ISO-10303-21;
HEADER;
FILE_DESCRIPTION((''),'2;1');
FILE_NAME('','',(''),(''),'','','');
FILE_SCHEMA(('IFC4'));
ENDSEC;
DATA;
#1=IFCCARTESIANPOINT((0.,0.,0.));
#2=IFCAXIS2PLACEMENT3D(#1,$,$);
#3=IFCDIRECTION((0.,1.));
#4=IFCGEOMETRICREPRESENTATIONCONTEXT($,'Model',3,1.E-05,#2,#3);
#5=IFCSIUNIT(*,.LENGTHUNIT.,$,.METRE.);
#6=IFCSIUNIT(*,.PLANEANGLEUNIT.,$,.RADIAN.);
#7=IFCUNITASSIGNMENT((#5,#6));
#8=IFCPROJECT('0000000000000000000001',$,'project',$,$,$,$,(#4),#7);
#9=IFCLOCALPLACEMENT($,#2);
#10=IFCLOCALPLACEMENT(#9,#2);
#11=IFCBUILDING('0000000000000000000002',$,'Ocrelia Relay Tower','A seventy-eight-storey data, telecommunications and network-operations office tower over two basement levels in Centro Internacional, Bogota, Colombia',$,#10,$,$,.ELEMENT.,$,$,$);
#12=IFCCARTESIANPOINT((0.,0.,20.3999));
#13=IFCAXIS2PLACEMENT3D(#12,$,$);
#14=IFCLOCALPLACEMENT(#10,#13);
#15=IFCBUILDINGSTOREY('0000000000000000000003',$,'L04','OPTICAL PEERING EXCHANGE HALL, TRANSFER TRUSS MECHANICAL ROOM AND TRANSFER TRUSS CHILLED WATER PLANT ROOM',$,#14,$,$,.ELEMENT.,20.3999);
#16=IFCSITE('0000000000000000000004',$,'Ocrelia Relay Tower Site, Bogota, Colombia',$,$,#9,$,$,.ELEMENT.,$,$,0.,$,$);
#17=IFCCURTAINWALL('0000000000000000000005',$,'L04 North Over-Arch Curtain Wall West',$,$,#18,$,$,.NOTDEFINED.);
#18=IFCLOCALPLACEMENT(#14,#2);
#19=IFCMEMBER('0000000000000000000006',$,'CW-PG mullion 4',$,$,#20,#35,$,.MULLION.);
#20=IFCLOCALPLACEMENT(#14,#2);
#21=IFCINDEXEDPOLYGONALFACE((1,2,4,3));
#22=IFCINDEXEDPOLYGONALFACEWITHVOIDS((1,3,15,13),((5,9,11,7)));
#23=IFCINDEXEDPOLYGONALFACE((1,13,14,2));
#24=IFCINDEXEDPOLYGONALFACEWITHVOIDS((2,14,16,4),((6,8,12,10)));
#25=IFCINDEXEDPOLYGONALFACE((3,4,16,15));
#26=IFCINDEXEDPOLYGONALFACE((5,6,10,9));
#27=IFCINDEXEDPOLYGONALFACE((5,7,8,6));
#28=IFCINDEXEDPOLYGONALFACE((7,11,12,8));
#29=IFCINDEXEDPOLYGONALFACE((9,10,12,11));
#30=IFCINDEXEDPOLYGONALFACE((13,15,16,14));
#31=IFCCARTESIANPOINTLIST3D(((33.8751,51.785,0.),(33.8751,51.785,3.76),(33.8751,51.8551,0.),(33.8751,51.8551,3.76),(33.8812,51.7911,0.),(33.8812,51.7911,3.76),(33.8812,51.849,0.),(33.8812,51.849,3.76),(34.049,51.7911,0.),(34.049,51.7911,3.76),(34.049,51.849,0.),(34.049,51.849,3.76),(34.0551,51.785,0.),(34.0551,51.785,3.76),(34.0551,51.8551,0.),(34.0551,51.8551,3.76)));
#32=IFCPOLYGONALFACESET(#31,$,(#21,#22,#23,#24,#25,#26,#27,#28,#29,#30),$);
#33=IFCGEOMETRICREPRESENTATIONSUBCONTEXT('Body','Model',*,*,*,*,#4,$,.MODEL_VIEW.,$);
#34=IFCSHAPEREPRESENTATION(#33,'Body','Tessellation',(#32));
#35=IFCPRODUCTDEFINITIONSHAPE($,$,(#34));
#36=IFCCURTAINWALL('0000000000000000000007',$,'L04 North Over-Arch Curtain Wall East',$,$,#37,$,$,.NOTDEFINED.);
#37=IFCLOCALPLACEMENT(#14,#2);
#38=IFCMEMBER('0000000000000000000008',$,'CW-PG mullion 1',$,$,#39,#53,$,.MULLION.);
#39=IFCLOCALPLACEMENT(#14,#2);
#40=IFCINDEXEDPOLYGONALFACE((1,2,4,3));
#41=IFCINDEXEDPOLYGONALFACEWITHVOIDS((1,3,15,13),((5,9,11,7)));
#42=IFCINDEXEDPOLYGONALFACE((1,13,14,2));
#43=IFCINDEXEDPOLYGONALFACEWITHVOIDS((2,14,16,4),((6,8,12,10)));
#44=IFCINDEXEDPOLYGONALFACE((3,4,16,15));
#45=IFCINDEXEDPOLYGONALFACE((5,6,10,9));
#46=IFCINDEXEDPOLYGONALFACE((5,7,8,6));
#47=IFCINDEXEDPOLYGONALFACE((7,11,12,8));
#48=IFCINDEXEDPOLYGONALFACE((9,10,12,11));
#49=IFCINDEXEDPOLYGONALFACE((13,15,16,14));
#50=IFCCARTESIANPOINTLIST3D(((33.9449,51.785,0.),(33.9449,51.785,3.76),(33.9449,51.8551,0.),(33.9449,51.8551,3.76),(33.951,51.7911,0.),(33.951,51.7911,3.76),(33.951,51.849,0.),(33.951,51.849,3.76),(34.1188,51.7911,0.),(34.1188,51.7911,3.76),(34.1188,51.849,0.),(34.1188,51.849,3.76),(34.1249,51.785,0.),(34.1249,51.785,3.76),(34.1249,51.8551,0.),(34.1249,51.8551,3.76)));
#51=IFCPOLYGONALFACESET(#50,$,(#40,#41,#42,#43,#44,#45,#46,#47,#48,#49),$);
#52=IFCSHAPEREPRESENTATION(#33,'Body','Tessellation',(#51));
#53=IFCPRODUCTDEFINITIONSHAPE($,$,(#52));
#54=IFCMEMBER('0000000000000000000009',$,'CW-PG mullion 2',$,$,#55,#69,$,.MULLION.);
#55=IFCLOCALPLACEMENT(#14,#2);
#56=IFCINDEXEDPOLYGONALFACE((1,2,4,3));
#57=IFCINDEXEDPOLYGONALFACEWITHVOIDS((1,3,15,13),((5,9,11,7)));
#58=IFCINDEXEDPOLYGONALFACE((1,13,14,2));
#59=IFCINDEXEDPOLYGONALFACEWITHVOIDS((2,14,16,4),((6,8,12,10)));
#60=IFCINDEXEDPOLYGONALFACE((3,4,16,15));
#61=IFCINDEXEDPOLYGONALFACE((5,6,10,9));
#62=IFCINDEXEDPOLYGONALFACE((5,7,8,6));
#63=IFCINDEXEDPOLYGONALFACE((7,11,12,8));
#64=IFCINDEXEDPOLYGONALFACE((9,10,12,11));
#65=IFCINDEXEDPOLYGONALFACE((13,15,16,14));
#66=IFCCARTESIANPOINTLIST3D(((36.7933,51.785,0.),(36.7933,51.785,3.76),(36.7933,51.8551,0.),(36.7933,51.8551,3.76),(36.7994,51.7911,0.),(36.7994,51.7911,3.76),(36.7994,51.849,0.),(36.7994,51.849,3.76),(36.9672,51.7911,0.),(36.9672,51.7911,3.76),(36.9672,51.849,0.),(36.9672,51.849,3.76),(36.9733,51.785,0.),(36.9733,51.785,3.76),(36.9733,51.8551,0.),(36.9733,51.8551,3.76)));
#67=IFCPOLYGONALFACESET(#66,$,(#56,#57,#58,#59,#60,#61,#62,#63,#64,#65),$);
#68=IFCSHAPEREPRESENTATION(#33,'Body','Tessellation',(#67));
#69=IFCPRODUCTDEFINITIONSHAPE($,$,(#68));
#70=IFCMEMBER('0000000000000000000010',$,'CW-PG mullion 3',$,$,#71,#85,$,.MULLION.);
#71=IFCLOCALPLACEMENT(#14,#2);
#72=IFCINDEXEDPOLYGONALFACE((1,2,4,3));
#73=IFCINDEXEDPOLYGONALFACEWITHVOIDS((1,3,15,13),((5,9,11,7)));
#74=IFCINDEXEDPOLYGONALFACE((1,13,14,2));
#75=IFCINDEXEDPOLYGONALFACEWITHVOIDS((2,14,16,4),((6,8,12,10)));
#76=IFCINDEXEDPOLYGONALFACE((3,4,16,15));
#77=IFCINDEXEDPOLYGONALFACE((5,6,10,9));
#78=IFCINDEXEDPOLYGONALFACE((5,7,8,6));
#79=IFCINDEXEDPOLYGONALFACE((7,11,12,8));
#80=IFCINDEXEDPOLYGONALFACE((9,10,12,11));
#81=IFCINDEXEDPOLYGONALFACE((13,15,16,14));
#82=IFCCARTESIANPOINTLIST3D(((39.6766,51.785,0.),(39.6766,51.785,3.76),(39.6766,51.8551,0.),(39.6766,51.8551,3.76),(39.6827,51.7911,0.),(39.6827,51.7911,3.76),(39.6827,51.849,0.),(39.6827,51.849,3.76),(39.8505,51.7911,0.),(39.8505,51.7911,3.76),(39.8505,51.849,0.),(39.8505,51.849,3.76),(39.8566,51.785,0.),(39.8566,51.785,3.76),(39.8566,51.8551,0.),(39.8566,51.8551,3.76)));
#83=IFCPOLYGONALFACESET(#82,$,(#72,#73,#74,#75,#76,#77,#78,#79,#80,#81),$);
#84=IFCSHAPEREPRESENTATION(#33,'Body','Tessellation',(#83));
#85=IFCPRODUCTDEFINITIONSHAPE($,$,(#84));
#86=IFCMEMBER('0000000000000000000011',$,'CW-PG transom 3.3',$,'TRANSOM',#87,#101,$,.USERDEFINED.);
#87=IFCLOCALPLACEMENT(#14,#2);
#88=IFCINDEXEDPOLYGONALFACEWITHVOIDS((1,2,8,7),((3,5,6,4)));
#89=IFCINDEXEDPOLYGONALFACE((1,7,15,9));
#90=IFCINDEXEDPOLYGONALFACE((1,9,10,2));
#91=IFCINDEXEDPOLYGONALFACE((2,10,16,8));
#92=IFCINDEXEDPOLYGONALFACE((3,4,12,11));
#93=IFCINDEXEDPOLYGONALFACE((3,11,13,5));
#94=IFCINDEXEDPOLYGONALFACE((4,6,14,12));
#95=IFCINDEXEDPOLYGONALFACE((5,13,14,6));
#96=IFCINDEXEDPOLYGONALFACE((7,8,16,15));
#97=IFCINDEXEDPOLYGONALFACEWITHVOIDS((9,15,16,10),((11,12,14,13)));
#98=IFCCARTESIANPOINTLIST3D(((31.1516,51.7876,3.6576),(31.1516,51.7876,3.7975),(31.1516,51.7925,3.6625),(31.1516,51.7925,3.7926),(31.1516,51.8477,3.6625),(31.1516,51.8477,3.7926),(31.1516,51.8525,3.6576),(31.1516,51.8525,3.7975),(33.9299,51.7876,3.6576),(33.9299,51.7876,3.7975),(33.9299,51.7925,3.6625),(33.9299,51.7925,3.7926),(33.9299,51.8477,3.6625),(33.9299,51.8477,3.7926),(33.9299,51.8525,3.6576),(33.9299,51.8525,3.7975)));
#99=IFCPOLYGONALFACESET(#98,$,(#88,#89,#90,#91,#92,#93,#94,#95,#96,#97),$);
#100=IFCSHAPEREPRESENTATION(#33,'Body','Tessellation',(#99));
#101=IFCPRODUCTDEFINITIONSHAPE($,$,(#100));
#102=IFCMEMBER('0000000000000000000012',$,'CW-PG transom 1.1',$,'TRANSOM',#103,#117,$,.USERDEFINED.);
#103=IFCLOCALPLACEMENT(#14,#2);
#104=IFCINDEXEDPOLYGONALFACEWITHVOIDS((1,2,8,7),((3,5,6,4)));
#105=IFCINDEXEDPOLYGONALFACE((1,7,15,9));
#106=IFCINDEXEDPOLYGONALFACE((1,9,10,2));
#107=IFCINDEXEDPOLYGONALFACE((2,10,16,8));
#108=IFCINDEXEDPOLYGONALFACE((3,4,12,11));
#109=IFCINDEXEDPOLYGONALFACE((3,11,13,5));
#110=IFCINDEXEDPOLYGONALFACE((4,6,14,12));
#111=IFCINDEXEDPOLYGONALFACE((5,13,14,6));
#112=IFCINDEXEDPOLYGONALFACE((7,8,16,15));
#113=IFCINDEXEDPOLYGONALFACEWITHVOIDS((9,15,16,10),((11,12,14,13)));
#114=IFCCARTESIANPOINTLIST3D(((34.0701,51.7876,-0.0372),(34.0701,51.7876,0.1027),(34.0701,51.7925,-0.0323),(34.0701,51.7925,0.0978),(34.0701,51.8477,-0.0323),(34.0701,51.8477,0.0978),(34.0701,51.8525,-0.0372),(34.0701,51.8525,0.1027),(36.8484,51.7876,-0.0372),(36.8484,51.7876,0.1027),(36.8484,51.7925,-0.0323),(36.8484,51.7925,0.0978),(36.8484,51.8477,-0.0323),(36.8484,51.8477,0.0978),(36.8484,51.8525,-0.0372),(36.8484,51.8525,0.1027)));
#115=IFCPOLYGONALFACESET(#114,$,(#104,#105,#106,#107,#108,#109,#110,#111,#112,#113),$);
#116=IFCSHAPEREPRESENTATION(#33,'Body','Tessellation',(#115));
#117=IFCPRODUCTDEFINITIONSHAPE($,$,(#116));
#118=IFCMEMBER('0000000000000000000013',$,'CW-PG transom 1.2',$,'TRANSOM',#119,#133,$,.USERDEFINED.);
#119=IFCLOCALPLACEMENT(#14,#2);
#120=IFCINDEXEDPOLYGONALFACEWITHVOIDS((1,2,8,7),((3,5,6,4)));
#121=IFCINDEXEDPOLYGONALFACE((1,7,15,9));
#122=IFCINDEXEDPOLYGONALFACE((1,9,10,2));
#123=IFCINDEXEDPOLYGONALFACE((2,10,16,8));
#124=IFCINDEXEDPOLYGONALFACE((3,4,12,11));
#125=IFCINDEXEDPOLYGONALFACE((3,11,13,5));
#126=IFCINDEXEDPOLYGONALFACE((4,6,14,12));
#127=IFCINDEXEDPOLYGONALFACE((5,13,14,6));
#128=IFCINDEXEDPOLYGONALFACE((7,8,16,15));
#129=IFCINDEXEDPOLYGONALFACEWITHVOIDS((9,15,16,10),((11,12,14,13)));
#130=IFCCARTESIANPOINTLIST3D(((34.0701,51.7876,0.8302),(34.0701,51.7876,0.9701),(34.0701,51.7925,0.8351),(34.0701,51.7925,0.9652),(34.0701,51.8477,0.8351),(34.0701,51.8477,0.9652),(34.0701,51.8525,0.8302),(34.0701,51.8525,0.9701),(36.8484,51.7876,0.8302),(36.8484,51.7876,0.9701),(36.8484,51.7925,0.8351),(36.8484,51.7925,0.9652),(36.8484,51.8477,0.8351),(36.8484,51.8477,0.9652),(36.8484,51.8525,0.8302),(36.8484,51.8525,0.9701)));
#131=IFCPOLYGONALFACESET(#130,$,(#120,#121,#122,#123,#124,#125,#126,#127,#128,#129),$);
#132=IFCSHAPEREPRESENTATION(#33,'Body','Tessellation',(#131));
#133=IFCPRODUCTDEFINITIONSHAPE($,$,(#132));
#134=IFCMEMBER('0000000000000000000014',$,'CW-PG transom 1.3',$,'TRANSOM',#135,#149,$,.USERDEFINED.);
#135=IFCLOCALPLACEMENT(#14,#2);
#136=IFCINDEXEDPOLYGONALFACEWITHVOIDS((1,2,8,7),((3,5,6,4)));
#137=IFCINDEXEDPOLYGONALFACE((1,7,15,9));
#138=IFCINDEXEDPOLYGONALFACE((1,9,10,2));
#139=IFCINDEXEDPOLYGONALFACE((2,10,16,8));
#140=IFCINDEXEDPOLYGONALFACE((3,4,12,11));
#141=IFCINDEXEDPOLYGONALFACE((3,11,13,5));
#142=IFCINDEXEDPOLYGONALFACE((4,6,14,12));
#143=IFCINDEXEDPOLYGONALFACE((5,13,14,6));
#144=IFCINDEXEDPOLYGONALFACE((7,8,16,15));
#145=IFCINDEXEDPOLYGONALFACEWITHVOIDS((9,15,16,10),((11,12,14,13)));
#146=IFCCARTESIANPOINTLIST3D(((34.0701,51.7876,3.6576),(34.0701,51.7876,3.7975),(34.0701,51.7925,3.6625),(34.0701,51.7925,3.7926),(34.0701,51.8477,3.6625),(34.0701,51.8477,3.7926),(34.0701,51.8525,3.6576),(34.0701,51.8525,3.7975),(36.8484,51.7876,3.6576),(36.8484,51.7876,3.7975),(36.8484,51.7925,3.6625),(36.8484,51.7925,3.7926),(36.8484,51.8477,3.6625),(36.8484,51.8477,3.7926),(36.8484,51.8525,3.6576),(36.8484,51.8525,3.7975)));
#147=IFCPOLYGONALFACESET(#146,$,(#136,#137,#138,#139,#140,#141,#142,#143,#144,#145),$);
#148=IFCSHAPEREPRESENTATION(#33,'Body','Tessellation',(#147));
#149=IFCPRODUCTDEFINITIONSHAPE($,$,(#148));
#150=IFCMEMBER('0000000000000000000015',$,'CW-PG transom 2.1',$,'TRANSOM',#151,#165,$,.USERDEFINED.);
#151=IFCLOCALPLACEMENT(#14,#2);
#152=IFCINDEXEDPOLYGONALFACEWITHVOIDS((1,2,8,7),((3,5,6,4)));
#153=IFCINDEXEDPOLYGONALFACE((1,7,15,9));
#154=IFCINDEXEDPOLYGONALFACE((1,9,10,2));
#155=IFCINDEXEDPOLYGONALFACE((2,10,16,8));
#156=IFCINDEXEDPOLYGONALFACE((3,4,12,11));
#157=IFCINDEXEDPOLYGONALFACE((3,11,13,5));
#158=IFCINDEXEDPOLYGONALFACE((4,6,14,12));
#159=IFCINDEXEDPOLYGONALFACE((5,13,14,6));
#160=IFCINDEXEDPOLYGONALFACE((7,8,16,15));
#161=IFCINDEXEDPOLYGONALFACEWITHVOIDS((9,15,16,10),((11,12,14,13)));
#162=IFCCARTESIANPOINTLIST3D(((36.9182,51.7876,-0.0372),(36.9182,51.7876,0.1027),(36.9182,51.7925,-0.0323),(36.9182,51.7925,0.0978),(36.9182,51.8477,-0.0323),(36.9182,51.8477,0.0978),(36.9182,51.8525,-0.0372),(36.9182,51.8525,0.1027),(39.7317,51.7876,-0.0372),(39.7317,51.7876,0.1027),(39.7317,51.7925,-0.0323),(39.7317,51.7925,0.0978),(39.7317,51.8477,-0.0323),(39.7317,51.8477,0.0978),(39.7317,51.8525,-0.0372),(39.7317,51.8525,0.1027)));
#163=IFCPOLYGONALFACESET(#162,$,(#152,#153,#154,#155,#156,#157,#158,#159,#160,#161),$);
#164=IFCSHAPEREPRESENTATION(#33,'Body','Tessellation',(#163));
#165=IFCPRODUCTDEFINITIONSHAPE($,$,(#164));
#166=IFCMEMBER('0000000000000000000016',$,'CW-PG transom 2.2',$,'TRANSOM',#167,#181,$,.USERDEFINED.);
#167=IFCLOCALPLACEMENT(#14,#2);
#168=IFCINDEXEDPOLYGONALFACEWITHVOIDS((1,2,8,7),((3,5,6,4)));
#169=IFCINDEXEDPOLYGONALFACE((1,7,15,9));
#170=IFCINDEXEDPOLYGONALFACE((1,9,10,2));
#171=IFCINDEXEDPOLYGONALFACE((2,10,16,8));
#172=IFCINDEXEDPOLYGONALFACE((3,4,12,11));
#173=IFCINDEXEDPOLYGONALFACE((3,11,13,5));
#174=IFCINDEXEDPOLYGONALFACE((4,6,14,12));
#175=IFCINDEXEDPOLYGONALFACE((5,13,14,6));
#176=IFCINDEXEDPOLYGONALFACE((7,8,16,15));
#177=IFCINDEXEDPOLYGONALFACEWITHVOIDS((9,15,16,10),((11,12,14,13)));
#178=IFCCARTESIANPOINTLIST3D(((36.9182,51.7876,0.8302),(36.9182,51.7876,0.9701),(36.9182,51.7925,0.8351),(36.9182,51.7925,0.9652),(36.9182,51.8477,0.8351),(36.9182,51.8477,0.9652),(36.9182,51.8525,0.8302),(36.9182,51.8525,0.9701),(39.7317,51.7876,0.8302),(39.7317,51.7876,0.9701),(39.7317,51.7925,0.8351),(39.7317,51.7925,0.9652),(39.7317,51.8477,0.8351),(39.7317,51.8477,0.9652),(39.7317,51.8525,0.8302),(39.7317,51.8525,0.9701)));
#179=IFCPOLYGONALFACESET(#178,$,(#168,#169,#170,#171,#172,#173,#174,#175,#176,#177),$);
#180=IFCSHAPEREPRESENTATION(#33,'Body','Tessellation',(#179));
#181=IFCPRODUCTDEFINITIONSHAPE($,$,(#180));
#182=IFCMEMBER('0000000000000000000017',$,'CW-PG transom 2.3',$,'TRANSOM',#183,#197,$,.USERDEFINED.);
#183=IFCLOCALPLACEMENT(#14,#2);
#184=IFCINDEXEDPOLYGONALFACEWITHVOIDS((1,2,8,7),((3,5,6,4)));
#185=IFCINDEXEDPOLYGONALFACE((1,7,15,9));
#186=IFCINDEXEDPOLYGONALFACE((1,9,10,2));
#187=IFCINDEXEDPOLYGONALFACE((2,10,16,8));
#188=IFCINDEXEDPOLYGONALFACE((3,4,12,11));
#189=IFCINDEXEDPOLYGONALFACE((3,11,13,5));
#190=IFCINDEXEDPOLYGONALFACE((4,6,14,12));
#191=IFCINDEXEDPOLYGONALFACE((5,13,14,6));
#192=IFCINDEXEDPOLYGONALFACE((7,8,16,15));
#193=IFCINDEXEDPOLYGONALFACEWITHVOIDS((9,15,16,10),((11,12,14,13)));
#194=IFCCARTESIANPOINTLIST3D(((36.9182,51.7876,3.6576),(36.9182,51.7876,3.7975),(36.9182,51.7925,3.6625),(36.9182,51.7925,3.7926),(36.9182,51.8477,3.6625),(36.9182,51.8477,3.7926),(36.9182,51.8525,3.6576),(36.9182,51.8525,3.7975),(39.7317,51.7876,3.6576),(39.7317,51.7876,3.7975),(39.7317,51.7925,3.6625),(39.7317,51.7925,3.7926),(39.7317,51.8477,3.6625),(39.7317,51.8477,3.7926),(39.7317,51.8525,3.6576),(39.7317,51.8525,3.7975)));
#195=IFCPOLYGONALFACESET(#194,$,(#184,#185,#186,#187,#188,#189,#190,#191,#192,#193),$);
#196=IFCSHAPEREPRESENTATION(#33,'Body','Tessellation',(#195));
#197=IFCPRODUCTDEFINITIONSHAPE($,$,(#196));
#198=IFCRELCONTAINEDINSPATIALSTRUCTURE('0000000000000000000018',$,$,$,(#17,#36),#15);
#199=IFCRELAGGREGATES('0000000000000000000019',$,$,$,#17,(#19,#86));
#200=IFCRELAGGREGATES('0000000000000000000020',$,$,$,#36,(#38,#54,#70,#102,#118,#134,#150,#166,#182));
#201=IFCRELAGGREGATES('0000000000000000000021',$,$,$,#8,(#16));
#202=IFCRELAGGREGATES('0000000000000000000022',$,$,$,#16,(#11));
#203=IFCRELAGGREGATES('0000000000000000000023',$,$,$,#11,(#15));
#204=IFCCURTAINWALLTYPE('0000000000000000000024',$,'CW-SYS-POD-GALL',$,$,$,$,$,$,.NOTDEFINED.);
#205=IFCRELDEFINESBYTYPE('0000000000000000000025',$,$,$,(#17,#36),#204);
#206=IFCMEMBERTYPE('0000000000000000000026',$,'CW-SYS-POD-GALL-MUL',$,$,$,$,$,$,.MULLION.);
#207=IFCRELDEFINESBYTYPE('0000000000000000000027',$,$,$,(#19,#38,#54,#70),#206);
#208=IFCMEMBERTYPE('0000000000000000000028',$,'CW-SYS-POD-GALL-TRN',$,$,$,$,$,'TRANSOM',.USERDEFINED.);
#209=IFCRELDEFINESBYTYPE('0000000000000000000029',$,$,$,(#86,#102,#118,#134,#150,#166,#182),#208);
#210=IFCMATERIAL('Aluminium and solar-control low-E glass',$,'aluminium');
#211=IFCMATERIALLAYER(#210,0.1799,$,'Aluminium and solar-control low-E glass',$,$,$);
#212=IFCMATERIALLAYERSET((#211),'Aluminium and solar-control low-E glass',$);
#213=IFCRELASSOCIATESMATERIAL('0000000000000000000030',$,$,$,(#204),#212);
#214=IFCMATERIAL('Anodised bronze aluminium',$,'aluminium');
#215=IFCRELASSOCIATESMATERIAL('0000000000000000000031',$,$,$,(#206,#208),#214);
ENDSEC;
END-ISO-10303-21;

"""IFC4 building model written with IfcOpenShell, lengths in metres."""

from ifc_helpers import new_model, si_unit, direction, frame, origin, origin_2d, place, context, subcontext, project, spatial, hollow_rectangle, extrude, material, layer, layer_set, material_profile, profile_set, type_object, element, aggregate, save


model = new_model("IFC4")

# Units and contexts
model_context = context("Model", 3, precision=1e-05, world=origin(), true_north=direction((0.0, 1.0)))
body_context = subcontext(model_context, "Body", "Model", "MODEL_VIEW")
ifc_project = project(units=[si_unit("LENGTHUNIT", "METRE"), si_unit("PLANEANGLEUNIT", "RADIAN")], contexts=[model_context])

# Site, building, storey
site_placement = place(None, origin())
site = spatial("IfcSite", under=ifc_project, at=site_placement, Name="Ocrelia Relay Tower Site, Bogota, Colombia", CompositionType="ELEMENT", RefElevation=0.0)
building_placement = place(site_placement, origin())
building = spatial("IfcBuilding", under=site, at=building_placement, Name="Ocrelia Relay Tower", Description="A seventy-eight-storey data, telecommunications and network-operations office tower over two basement levels in Centro Internacional, Bogota, Colombia", CompositionType="ELEMENT")
storey_placement = place(building_placement, frame((0.0, 0.0, 20.3999)))
storey = spatial("IfcBuildingStorey", under=building, at=storey_placement, Name="L04", Description="OPTICAL PEERING EXCHANGE HALL, TRANSFER TRUSS MECHANICAL ROOM AND TRANSFER TRUSS CHILLED WATER PLANT ROOM", CompositionType="ELEMENT", Elevation=20.3999)

# Curtain wall, member
ifc_material_1 = material(Name="Aluminium and solar-control low-E glass", Category="aluminium")
ifc_layer_1 = layer(ifc_material_1, 0.1799, Name="Aluminium and solar-control low-E glass")
ifc_layer_set_1 = layer_set([ifc_layer_1], Name="Aluminium and solar-control low-E glass")
curtain_wall_type = type_object("IfcCurtainWallType", Name="CW-SYS-POD-GALL", PredefinedType="NOTDEFINED", material=ifc_layer_set_1)
curtain_wall_1_placement = place(storey_placement, origin())
curtain_wall_1 = element("IfcCurtainWall", 1, at=curtain_wall_1_placement, inside=storey, type_object=curtain_wall_type, Name="L04 North Over-Arch Curtain Wall West", PredefinedType="NOTDEFINED")
ifc_material_2 = material(Name="Anodised bronze aluminium", Category="aluminium")
ifc_material_profile_1 = material_profile(ifc_material_2, hollow_rectangle(XDim=0.0701, YDim=0.1799, WallThickness=0.0061, at=origin_2d()), Name="CW-MUL-180x70")
ifc_profile_set_1 = profile_set([ifc_material_profile_1], Name="Anodised bronze aluminium")
member_type_1 = type_object("IfcMemberType", Name="CW-SYS-POD-GALL-MUL", PredefinedType="MULLION", material=ifc_profile_set_1)
member_1_placement = place(storey_placement, frame((33.9651, 51.8201, 0.0), z_axis=(0.0, 0.0, 1.0), x_axis=(0.0, 1.0, 0.0)))
member_1 = element("IfcMember", 2, at=member_1_placement, type_object=member_type_1, Name="CW-PG mullion 4", PredefinedType="MULLION", context=body_context, shape_type="SweptSolid", body=[
    extrude(hollow_rectangle(XDim=0.0701, YDim=0.1799, WallThickness=0.0061, at=origin_2d()), origin(), (0.0, 0.0, 1.0), 3.76),
])

# Curtain wall, members
curtain_wall_2_placement = place(storey_placement, origin())
curtain_wall_2 = element("IfcCurtainWall", 3, at=curtain_wall_2_placement, inside=storey, type_object=curtain_wall_type, Name="L04 North Over-Arch Curtain Wall East", PredefinedType="NOTDEFINED")
member_2_placement = place(storey_placement, frame((34.0349, 51.8201, 0.0), z_axis=(0.0, 0.0, 1.0), x_axis=(0.0, 1.0, 0.0)))
member_2 = element("IfcMember", 4, at=member_2_placement, type_object=member_type_1, Name="CW-PG mullion 1", PredefinedType="MULLION", context=body_context, shape_type="SweptSolid", body=[
    extrude(hollow_rectangle(XDim=0.0701, YDim=0.1799, WallThickness=0.0061, at=origin_2d()), origin(), (0.0, 0.0, 1.0), 3.76),
])
member_3_placement = place(storey_placement, frame((36.8833, 51.8201, 0.0), z_axis=(0.0, 0.0, 1.0), x_axis=(0.0, 1.0, 0.0)))
member_3 = element("IfcMember", 5, at=member_3_placement, type_object=member_type_1, Name="CW-PG mullion 2", PredefinedType="MULLION", context=body_context, shape_type="SweptSolid", body=[
    extrude(hollow_rectangle(XDim=0.0701, YDim=0.1799, WallThickness=0.0061, at=origin_2d()), origin(), (0.0, 0.0, 1.0), 3.76),
])
member_4_placement = place(storey_placement, frame((39.7666, 51.8201, 0.0), z_axis=(0.0, 0.0, 1.0), x_axis=(0.0, 1.0, 0.0)))
member_4 = element("IfcMember", 6, at=member_4_placement, type_object=member_type_1, Name="CW-PG mullion 3", PredefinedType="MULLION", context=body_context, shape_type="SweptSolid", body=[
    extrude(hollow_rectangle(XDim=0.0701, YDim=0.1799, WallThickness=0.0061, at=origin_2d()), origin(), (0.0, 0.0, 1.0), 3.76),
])

# Members
ifc_material_profile_2 = material_profile(ifc_material_2, hollow_rectangle(XDim=0.0649, YDim=0.1399, WallThickness=0.0049, at=origin_2d()), Name="CW-TRN-140x65")
ifc_profile_set_2 = profile_set([ifc_material_profile_2], Name="Anodised bronze aluminium")
member_type_2 = type_object("IfcMemberType", Name="CW-SYS-POD-GALL-TRN", ElementType="TRANSOM", PredefinedType="USERDEFINED", material=ifc_profile_set_2)
member_5_placement = place(storey_placement, frame((31.1516, 51.8201, 3.7275), z_axis=(1.0, 0.0, 0.0), x_axis=(0.0, 1.0, 0.0)))
member_5 = element("IfcMember", 7, at=member_5_placement, type_object=member_type_2, Name="CW-PG transom 3.3", ObjectType="TRANSOM", PredefinedType="USERDEFINED", context=body_context, shape_type="SweptSolid", body=[
    extrude(hollow_rectangle(XDim=0.0649, YDim=0.1399, WallThickness=0.0049, at=origin_2d()), origin(), (0.0, 0.0, 1.0), 2.7783),
])
member_6_placement = place(storey_placement, frame((34.0701, 51.8201, 0.0327), z_axis=(1.0, 0.0, 0.0), x_axis=(0.0, 1.0, 0.0)))
member_6 = element("IfcMember", 8, at=member_6_placement, type_object=member_type_2, Name="CW-PG transom 1.1", ObjectType="TRANSOM", PredefinedType="USERDEFINED", context=body_context, shape_type="SweptSolid", body=[
    extrude(hollow_rectangle(XDim=0.0649, YDim=0.1399, WallThickness=0.0049, at=origin_2d()), origin(), (0.0, 0.0, 1.0), 2.7783),
])
member_7_placement = place(storey_placement, frame((34.0701, 51.8201, 0.9001), z_axis=(1.0, 0.0, 0.0), x_axis=(0.0, 1.0, 0.0)))
member_7 = element("IfcMember", 9, at=member_7_placement, type_object=member_type_2, Name="CW-PG transom 1.2", ObjectType="TRANSOM", PredefinedType="USERDEFINED", context=body_context, shape_type="SweptSolid", body=[
    extrude(hollow_rectangle(XDim=0.0649, YDim=0.1399, WallThickness=0.0049, at=origin_2d()), origin(), (0.0, 0.0, 1.0), 2.7783),
])
member_8_placement = place(storey_placement, frame((34.0701, 51.8201, 3.7275), z_axis=(1.0, 0.0, 0.0), x_axis=(0.0, 1.0, 0.0)))
member_8 = element("IfcMember", 10, at=member_8_placement, type_object=member_type_2, Name="CW-PG transom 1.3", ObjectType="TRANSOM", PredefinedType="USERDEFINED", context=body_context, shape_type="SweptSolid", body=[
    extrude(hollow_rectangle(XDim=0.0649, YDim=0.1399, WallThickness=0.0049, at=origin_2d()), origin(), (0.0, 0.0, 1.0), 2.7783),
])
member_9_placement = place(storey_placement, frame((36.9182, 51.8201, 0.0327), z_axis=(1.0, 0.0, 0.0), x_axis=(0.0, 1.0, 0.0)))
member_9 = element("IfcMember", 11, at=member_9_placement, type_object=member_type_2, Name="CW-PG transom 2.1", ObjectType="TRANSOM", PredefinedType="USERDEFINED", context=body_context, shape_type="SweptSolid", body=[
    extrude(hollow_rectangle(XDim=0.0649, YDim=0.1399, WallThickness=0.0049, at=origin_2d()), origin(), (0.0, 0.0, 1.0), 2.8135),
])
member_10_placement = place(storey_placement, frame((36.9182, 51.8201, 0.9001), z_axis=(1.0, 0.0, 0.0), x_axis=(0.0, 1.0, 0.0)))
member_10 = element("IfcMember", 12, at=member_10_placement, type_object=member_type_2, Name="CW-PG transom 2.2", ObjectType="TRANSOM", PredefinedType="USERDEFINED", context=body_context, shape_type="SweptSolid", body=[
    extrude(hollow_rectangle(XDim=0.0649, YDim=0.1399, WallThickness=0.0049, at=origin_2d()), origin(), (0.0, 0.0, 1.0), 2.8135),
])
member_11_placement = place(storey_placement, frame((36.9182, 51.8201, 3.7275), z_axis=(1.0, 0.0, 0.0), x_axis=(0.0, 1.0, 0.0)))
member_11 = element("IfcMember", 13, at=member_11_placement, type_object=member_type_2, Name="CW-PG transom 2.3", ObjectType="TRANSOM", PredefinedType="USERDEFINED", context=body_context, shape_type="SweptSolid", body=[
    extrude(hollow_rectangle(XDim=0.0649, YDim=0.1399, WallThickness=0.0049, at=origin_2d()), origin(), (0.0, 0.0, 1.0), 2.8135),
])

aggregate(curtain_wall_1, [member_1, member_5])
aggregate(curtain_wall_2, [member_2, member_3, member_4, member_6, member_7, member_8, member_9, member_10, member_11])

save(model, "model.ifc")
